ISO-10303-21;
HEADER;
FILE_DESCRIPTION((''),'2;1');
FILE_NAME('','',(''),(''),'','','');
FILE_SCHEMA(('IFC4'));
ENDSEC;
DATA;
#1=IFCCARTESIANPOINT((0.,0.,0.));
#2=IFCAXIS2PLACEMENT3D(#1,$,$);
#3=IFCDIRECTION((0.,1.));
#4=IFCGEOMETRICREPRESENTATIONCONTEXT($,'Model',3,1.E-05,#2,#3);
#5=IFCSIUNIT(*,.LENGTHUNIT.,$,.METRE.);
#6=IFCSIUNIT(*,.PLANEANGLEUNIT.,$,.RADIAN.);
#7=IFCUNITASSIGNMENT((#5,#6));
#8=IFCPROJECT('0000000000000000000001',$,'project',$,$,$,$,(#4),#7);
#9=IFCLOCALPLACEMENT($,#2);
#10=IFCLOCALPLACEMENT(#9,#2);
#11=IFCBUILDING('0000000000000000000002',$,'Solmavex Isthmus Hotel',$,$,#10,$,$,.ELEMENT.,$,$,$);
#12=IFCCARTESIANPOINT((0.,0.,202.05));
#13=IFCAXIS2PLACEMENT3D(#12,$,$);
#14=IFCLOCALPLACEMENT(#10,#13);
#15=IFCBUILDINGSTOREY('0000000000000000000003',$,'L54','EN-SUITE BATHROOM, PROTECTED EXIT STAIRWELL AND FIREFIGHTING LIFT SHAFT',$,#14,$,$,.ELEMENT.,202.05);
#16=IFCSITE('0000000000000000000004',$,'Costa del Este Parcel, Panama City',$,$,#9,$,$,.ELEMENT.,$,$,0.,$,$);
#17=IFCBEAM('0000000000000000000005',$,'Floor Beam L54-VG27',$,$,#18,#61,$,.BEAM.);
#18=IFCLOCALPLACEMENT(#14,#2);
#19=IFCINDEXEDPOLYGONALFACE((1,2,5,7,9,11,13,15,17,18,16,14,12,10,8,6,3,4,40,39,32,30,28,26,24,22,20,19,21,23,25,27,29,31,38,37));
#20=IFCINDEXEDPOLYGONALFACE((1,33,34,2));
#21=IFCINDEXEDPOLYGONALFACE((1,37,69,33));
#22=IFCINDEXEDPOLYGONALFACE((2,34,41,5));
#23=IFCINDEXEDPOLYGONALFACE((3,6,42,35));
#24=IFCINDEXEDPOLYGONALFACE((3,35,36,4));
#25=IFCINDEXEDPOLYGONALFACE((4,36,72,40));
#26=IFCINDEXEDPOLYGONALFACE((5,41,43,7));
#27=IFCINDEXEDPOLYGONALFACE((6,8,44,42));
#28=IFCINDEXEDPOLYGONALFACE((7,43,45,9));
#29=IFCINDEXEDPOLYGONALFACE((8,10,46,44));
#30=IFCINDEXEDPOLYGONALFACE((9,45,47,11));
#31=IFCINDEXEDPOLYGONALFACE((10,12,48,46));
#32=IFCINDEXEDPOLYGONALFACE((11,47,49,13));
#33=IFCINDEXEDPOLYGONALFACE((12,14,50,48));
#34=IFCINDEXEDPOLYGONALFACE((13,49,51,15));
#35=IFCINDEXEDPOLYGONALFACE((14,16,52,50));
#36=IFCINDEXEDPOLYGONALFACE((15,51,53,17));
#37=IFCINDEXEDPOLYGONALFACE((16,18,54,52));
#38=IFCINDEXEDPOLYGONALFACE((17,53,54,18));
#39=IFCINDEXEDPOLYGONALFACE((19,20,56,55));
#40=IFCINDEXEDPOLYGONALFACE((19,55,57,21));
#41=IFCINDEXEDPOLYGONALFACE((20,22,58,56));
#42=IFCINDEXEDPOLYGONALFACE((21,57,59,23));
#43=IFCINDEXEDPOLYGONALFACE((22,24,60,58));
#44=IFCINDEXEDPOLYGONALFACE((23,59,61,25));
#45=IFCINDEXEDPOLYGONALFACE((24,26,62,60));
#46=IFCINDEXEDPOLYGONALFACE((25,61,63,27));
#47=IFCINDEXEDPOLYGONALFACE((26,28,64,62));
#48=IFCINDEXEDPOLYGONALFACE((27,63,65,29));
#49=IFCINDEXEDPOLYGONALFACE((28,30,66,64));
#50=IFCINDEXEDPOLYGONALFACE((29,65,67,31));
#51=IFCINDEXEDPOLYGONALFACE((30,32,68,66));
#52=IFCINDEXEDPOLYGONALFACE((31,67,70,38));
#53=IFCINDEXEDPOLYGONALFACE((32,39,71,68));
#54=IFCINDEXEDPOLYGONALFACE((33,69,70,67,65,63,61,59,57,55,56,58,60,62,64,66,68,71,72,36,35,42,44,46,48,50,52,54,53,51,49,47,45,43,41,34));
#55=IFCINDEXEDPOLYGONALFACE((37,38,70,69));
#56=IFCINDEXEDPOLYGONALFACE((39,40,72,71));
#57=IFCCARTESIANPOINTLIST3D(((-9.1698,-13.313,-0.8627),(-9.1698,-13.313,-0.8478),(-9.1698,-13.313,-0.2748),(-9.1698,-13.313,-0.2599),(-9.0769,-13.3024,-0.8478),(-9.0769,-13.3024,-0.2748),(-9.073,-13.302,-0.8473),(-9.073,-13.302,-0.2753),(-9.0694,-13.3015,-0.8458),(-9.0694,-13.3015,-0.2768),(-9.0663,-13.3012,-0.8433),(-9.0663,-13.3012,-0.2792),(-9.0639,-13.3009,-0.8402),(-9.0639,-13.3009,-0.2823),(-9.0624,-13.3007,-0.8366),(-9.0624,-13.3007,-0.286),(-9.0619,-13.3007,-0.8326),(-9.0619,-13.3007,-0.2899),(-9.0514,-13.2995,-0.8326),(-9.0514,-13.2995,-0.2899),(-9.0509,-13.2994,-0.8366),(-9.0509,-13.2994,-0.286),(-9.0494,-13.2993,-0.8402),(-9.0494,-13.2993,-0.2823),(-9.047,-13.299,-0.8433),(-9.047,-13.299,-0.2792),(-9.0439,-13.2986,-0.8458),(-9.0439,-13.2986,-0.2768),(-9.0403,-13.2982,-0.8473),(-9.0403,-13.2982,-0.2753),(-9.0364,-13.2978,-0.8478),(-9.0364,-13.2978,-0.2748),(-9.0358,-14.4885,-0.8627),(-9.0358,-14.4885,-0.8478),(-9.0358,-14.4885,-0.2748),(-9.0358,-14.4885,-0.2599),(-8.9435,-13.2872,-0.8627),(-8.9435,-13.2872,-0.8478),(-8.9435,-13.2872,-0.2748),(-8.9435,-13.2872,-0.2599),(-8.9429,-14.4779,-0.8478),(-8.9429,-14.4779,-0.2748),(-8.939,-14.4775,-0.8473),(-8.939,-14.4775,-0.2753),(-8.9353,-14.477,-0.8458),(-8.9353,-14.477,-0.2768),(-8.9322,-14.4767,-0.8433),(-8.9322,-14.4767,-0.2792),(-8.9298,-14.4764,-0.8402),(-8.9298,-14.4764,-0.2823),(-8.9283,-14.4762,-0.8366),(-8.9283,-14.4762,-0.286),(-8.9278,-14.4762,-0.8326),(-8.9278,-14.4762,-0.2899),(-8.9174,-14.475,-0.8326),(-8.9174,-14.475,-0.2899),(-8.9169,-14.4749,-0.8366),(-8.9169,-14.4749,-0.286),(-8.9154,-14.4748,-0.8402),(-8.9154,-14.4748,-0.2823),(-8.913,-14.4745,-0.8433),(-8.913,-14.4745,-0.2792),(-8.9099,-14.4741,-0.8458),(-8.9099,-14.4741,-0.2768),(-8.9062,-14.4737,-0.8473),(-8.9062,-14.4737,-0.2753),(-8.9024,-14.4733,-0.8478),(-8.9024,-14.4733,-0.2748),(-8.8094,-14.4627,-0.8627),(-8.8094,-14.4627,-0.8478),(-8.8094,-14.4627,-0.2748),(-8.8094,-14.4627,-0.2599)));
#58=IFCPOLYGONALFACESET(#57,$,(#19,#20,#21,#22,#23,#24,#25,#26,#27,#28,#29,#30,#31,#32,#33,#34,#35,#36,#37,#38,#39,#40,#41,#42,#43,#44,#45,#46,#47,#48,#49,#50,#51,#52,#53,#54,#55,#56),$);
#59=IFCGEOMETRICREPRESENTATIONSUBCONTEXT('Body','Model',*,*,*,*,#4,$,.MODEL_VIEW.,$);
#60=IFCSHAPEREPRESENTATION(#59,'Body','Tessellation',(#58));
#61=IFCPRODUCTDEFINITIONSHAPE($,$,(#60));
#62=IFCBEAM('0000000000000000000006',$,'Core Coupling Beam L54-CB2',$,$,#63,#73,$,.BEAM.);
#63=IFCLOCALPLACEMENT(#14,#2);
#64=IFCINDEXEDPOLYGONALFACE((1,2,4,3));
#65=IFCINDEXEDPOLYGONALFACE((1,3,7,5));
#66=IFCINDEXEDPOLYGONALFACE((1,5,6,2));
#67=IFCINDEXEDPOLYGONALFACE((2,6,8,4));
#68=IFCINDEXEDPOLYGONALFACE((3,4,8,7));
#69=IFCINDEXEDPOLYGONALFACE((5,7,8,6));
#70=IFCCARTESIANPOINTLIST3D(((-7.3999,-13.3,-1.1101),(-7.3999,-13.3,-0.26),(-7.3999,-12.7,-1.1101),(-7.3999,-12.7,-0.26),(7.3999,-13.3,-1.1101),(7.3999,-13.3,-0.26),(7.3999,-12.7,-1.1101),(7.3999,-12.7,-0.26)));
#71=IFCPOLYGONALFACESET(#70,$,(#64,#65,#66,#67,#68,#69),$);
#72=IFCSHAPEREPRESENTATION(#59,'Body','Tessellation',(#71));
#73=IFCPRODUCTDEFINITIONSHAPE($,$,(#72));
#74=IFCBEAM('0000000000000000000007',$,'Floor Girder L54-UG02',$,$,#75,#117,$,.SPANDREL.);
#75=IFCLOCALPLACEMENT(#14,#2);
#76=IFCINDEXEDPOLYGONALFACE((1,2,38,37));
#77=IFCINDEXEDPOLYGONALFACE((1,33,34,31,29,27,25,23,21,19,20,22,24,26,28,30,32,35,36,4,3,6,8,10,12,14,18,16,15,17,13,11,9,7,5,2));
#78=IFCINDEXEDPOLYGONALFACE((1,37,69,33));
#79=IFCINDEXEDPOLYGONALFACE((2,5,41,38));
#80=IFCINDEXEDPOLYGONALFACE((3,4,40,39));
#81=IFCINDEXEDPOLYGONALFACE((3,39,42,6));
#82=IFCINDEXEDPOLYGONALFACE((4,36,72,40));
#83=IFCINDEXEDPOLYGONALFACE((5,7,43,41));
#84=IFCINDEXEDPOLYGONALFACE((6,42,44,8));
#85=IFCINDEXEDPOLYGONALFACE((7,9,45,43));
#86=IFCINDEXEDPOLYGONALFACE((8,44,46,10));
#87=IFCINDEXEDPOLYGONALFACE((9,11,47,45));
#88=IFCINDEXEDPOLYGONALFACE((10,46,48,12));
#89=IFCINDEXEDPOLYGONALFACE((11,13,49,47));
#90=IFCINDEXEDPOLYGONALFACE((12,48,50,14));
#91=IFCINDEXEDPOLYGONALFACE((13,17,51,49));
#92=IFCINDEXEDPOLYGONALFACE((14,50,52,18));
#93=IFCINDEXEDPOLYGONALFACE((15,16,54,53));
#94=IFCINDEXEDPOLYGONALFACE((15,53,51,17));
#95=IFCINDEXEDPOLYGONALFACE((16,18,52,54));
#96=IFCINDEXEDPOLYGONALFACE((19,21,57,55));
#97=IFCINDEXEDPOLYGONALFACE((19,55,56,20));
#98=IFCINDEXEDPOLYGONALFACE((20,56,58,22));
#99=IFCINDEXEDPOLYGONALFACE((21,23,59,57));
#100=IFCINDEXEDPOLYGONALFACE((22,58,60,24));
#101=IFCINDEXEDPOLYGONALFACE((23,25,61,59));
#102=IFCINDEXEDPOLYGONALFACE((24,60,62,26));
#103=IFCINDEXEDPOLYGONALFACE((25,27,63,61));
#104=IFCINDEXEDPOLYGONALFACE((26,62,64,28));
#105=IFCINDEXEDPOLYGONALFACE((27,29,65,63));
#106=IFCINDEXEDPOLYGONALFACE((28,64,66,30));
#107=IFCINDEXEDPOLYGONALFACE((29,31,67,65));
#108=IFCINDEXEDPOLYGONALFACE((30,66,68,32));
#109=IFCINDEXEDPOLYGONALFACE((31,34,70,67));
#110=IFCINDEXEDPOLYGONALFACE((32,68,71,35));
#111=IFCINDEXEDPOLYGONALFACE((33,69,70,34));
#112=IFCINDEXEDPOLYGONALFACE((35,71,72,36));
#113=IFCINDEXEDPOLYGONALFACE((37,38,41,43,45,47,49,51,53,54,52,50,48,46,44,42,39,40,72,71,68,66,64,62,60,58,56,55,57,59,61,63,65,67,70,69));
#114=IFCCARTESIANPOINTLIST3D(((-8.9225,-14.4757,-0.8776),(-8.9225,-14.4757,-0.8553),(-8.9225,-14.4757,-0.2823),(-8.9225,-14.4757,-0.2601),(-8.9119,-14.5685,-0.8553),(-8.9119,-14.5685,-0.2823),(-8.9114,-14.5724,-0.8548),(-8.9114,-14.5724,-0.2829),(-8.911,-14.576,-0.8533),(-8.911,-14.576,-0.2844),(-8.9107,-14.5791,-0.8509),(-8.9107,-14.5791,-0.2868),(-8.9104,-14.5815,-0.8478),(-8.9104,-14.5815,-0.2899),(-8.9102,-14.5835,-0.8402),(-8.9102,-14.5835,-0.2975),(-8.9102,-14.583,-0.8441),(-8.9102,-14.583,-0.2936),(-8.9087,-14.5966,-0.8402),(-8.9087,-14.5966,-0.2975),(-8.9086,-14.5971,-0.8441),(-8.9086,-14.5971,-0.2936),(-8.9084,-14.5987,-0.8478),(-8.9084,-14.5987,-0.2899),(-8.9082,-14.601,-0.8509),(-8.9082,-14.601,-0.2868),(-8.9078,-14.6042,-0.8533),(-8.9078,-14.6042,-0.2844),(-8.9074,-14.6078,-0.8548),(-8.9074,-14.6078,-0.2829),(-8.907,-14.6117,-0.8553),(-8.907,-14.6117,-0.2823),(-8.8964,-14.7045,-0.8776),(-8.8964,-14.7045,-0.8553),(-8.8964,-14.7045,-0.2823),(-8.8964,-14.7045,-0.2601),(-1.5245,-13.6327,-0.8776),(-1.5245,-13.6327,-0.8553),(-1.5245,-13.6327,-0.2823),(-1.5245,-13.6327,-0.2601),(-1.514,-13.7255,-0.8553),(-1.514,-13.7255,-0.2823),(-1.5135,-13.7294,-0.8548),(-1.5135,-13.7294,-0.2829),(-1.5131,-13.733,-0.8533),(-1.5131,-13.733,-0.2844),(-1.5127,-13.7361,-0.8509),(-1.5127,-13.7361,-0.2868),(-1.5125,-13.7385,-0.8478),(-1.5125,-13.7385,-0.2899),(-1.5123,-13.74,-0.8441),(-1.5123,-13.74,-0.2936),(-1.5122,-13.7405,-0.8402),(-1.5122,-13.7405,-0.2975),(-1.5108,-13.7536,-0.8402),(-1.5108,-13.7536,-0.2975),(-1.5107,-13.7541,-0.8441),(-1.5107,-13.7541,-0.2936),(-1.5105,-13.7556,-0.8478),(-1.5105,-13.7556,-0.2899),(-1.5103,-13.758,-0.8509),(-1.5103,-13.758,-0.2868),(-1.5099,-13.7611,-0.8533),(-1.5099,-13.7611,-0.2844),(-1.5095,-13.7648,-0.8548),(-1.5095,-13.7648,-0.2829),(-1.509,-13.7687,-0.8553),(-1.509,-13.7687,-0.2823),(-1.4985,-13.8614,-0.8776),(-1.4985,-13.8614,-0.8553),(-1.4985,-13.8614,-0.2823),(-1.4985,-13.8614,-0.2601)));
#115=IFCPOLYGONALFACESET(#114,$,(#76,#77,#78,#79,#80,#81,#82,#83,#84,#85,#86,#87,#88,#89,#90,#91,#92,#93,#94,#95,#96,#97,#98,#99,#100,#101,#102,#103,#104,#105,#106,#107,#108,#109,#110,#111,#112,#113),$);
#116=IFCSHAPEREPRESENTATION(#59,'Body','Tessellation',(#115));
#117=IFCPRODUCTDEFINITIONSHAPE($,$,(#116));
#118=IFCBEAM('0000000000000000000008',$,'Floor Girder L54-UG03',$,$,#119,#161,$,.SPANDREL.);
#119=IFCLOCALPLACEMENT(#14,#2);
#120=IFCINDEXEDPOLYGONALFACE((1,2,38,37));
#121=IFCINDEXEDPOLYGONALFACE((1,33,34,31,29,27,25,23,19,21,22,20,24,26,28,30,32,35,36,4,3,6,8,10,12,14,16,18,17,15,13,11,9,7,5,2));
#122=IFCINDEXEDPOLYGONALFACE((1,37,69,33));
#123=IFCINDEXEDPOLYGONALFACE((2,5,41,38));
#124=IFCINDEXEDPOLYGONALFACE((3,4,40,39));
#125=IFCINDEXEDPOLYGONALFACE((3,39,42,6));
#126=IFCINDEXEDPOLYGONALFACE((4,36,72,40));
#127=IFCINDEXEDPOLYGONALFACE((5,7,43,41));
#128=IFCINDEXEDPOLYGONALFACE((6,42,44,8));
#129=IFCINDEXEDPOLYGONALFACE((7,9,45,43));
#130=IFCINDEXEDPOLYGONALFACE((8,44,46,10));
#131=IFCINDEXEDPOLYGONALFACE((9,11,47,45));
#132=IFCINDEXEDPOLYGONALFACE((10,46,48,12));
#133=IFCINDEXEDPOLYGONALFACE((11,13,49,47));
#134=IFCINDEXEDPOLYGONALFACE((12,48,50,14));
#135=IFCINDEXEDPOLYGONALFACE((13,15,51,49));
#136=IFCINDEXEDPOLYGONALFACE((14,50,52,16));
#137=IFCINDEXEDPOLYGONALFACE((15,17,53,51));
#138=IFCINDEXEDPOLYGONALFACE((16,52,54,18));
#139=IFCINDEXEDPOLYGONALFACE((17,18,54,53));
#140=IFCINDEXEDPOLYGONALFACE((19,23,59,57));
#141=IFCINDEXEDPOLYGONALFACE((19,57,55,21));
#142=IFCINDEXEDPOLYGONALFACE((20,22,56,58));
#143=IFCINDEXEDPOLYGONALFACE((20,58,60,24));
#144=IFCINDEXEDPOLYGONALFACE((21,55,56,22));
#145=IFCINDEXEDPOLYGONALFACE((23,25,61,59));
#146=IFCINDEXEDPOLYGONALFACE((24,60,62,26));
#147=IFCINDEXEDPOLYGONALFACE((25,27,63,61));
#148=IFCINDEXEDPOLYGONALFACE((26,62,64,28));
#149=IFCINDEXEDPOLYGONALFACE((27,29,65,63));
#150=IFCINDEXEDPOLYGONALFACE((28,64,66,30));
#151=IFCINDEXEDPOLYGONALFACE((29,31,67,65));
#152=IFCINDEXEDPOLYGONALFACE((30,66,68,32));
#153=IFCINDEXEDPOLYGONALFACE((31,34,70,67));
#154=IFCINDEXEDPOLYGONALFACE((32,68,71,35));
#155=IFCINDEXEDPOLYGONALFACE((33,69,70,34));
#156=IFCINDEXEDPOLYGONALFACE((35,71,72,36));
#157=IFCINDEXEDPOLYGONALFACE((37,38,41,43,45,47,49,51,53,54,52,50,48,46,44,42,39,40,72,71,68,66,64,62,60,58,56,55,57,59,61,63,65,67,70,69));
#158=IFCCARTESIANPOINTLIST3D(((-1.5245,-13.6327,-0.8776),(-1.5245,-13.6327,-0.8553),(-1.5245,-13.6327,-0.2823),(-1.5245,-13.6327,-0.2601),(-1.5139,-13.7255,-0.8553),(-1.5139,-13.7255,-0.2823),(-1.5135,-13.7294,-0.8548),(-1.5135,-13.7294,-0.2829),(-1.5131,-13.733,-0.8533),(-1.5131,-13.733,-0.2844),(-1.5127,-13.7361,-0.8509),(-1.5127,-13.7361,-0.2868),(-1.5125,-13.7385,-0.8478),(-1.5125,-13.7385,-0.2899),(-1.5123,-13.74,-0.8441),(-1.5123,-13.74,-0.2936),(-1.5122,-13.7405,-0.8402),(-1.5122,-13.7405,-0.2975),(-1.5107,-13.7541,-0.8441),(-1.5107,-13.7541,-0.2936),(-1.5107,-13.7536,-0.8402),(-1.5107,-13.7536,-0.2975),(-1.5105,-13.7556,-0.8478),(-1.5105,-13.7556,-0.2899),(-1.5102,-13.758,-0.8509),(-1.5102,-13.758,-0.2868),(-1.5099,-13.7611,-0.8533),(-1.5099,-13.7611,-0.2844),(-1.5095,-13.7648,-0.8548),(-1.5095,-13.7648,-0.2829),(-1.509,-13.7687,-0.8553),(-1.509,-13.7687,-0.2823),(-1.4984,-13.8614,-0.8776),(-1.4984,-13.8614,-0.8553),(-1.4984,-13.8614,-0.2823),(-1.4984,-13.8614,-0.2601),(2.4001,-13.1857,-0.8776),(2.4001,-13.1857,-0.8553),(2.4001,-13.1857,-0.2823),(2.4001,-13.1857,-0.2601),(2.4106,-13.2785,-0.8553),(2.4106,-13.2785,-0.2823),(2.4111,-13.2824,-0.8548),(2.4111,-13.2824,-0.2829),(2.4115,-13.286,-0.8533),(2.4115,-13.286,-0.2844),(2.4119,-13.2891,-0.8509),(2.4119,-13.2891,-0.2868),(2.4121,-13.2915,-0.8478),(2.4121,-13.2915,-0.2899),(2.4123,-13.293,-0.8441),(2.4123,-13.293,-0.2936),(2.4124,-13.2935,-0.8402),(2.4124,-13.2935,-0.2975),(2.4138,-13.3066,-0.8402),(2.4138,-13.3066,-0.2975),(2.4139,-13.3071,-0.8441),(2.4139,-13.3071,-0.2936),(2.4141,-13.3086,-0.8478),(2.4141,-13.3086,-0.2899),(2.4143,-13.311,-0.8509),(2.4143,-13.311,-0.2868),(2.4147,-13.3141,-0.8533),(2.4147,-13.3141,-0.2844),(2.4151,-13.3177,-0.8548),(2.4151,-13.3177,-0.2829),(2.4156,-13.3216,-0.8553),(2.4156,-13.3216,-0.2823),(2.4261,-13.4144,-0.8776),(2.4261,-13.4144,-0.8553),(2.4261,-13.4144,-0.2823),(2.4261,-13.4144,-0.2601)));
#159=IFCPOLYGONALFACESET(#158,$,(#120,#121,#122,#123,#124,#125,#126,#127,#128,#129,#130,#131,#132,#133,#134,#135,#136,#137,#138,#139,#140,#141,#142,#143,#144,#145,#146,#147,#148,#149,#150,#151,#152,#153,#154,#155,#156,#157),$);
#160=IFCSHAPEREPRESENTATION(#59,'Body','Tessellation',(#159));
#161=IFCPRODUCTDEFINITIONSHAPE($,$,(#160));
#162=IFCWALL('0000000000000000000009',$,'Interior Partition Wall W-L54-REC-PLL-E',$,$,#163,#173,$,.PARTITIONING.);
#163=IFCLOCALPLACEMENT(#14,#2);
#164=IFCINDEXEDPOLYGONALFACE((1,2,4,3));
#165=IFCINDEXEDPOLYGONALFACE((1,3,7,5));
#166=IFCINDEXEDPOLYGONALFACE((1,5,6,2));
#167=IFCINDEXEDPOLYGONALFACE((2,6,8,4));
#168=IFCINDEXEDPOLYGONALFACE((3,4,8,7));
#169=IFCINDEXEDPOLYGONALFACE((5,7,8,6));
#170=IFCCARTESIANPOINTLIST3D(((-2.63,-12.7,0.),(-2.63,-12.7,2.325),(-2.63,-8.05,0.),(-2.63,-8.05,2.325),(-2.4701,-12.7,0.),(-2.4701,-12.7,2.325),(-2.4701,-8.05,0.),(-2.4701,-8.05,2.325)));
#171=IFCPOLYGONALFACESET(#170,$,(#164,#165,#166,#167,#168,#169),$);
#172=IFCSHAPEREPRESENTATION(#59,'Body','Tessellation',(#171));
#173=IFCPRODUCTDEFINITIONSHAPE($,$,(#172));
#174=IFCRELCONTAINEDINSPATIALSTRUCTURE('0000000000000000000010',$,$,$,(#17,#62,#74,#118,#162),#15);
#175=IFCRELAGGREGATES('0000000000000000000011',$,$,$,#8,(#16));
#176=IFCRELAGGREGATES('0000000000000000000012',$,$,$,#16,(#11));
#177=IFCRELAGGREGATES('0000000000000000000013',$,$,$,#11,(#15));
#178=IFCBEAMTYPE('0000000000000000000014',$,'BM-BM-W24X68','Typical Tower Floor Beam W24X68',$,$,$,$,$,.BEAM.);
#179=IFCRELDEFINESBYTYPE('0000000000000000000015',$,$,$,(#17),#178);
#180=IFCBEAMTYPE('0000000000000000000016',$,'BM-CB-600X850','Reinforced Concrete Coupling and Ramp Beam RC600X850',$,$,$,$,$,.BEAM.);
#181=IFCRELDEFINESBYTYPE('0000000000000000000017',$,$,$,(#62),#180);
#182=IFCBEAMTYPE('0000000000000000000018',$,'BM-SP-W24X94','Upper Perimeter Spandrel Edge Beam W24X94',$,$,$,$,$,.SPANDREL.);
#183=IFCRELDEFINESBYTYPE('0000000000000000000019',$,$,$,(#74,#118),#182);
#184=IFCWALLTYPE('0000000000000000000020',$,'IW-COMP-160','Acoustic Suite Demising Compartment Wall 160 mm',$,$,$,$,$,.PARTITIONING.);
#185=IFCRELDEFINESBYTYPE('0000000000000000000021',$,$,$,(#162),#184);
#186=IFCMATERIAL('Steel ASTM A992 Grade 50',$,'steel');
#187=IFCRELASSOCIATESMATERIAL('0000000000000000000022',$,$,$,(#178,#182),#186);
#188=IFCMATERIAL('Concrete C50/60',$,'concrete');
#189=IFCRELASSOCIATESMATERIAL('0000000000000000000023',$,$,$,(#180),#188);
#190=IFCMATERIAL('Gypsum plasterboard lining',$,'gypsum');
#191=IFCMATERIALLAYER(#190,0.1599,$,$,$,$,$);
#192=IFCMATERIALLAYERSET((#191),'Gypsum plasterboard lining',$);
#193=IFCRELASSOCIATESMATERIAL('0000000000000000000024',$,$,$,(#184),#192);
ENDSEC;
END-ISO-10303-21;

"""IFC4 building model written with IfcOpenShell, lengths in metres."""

from ifc_helpers import new_model, si_unit, direction, frame, frame_2d, origin, origin_2d, place, context, subcontext, project, spatial, rectangle, i_section, extrude, material, layer, layer_set, material_profile, profile_set, type_object, element, save


model = new_model("IFC4")

# Units and contexts
model_context = context("Model", 3, precision=1e-05, world=origin(), true_north=direction((0.0, 1.0)))
body_context = subcontext(model_context, "Body", "Model", "MODEL_VIEW")
ifc_project = project(units=[si_unit("LENGTHUNIT", "METRE"), si_unit("PLANEANGLEUNIT", "RADIAN")], contexts=[model_context])

# Site, building, storey
site_placement = place(None, origin())
site = spatial("IfcSite", under=ifc_project, at=site_placement, Name="Costa del Este Parcel, Panama City", CompositionType="ELEMENT", RefElevation=0.0)
building_placement = place(site_placement, origin())
building = spatial("IfcBuilding", under=site, at=building_placement, Name="Solmavex Isthmus Hotel", CompositionType="ELEMENT")
storey_placement = place(building_placement, frame((0.0, 0.0, 202.05)))
storey = spatial("IfcBuildingStorey", under=building, at=storey_placement, Name="L54", Description="EN-SUITE BATHROOM, PROTECTED EXIT STAIRWELL AND FIREFIGHTING LIFT SHAFT", CompositionType="ELEMENT", Elevation=202.05)

# Shared definitions
ifc_material_1 = material(Name="Concrete C50/60", Category="concrete")

# Beams
ifc_material_2 = material(Name="Steel ASTM A992 Grade 50", Category="steel")
ifc_material_profile_1 = material_profile(ifc_material_2, i_section(OverallWidth=0.2278, OverallDepth=0.6028, WebThickness=0.0105, FlangeThickness=0.0149, FilletRadius=0.0151, at=origin_2d()), Name="W24X68")
ifc_profile_set_1 = profile_set([ifc_material_profile_1], Name="Steel ASTM A992 Grade 50")
beam_type_1 = type_object("IfcBeamType", Name="BM-BM-W24X68", Description="Typical Tower Floor Beam W24X68", PredefinedType="BEAM", material=ifc_profile_set_1)
beam_1_placement = place(storey_placement, frame((-8.9226, -14.4756, -0.5613), z_axis=(-0.113285, 0.993563, 0.0), x_axis=(-0.993563, -0.113285, 0.0)))
element("IfcBeam", 1, at=beam_1_placement, inside=storey, type_object=beam_type_1, Name="Floor Beam L54-VG27", PredefinedType="BEAM", context=body_context, shape_type="SweptSolid", body=[
    extrude(i_section(OverallWidth=0.2278, OverallDepth=0.6028, WebThickness=0.0105, FlangeThickness=0.0149, FilletRadius=0.0151, at=origin_2d()), origin(), (0.0, 0.0, 1.0), 1.1831),
])
ifc_material_profile_2 = material_profile(ifc_material_1, rectangle(XDim=0.6001, YDim=0.8501, at=origin_2d()), Name="RC600X850")
ifc_profile_set_2 = profile_set([ifc_material_profile_2], Name="Concrete C50/60")
beam_type_2 = type_object("IfcBeamType", Name="BM-CB-600X850", Description="Reinforced Concrete Coupling and Ramp Beam RC600X850", PredefinedType="BEAM", material=ifc_profile_set_2)
beam_2_placement = place(storey_placement, frame((-7.3999, -13.0, -0.6851), z_axis=(1.0, 0.0, 0.0), x_axis=(0.0, 1.0, 0.0)))
element("IfcBeam", 2, at=beam_2_placement, inside=storey, type_object=beam_type_2, Name="Core Coupling Beam L54-CB2", PredefinedType="BEAM", context=body_context, shape_type="SweptSolid", body=[
    extrude(rectangle(XDim=0.6001, YDim=0.8501, at=origin_2d()), origin(), (0.0, 0.0, 1.0), 14.7998),
])
ifc_material_profile_3 = material_profile(ifc_material_2, i_section(OverallWidth=0.2302, OverallDepth=0.6174, WebThickness=0.0132, FlangeThickness=0.0222, FilletRadius=0.0151, at=origin_2d()), Name="W24X94")
ifc_profile_set_3 = profile_set([ifc_material_profile_3], Name="Steel ASTM A992 Grade 50")
beam_type_3 = type_object("IfcBeamType", Name="BM-SP-W24X94", Description="Upper Perimeter Spandrel Edge Beam W24X94", PredefinedType="SPANDREL", material=ifc_profile_set_3)
beam_3_placement = place(storey_placement, frame((-8.9094, -14.5901, -0.5688), z_axis=(0.99357, 0.11322, 0.0), x_axis=(-0.11322, 0.99357, 0.0)))
element("IfcBeam", 3, at=beam_3_placement, inside=storey, type_object=beam_type_3, Name="Floor Girder L54-UG02", PredefinedType="SPANDREL", context=body_context, shape_type="SweptSolid", body=[
    extrude(i_section(OverallWidth=0.2302, OverallDepth=0.6174, WebThickness=0.0132, FlangeThickness=0.0222, FilletRadius=0.0151, at=origin_2d()), origin(), (0.0, 0.0, 1.0), 7.4458),
])
beam_4_placement = place(storey_placement, frame((-1.5115, -13.7471, -0.5688), z_axis=(0.993575, 0.113172, 0.0), x_axis=(-0.113172, 0.993575, 0.0)))
element("IfcBeam", 4, at=beam_4_placement, inside=storey, type_object=beam_type_3, Name="Floor Girder L54-UG03", PredefinedType="SPANDREL", context=body_context, shape_type="SweptSolid", body=[
    extrude(i_section(OverallWidth=0.2302, OverallDepth=0.6174, WebThickness=0.0132, FlangeThickness=0.0222, FilletRadius=0.0151, at=origin_2d()), origin(), (0.0, 0.0, 1.0), 3.95),
])

# Wall
ifc_material_3 = material(Name="Gypsum plasterboard lining", Category="gypsum")
ifc_layer_1 = layer(ifc_material_3, 0.1599)
ifc_layer_set_1 = layer_set([ifc_layer_1], Name="Gypsum plasterboard lining")
wall_type_1 = type_object("IfcWallType", Name="IW-COMP-160", Description="Acoustic Suite Demising Compartment Wall 160 mm", PredefinedType="PARTITIONING", material=ifc_layer_set_1)
wall_1_placement = place(storey_placement, frame((-2.55, -12.7, 0.0), z_axis=(0.0, 0.0, 1.0), x_axis=(0.0, 1.0, 0.0)))
element("IfcWall", 5, at=wall_1_placement, inside=storey, type_object=wall_type_1, Name="Interior Partition Wall W-L54-REC-PLL-E", PredefinedType="PARTITIONING", context=body_context, shape_type="SweptSolid", body=[
    extrude(rectangle(XDim=4.6499, YDim=0.1599, at=frame_2d((2.325, 0.0))), origin(), (0.0, 0.0, 1.0), 2.325),
])

save(model, "model.ifc")
